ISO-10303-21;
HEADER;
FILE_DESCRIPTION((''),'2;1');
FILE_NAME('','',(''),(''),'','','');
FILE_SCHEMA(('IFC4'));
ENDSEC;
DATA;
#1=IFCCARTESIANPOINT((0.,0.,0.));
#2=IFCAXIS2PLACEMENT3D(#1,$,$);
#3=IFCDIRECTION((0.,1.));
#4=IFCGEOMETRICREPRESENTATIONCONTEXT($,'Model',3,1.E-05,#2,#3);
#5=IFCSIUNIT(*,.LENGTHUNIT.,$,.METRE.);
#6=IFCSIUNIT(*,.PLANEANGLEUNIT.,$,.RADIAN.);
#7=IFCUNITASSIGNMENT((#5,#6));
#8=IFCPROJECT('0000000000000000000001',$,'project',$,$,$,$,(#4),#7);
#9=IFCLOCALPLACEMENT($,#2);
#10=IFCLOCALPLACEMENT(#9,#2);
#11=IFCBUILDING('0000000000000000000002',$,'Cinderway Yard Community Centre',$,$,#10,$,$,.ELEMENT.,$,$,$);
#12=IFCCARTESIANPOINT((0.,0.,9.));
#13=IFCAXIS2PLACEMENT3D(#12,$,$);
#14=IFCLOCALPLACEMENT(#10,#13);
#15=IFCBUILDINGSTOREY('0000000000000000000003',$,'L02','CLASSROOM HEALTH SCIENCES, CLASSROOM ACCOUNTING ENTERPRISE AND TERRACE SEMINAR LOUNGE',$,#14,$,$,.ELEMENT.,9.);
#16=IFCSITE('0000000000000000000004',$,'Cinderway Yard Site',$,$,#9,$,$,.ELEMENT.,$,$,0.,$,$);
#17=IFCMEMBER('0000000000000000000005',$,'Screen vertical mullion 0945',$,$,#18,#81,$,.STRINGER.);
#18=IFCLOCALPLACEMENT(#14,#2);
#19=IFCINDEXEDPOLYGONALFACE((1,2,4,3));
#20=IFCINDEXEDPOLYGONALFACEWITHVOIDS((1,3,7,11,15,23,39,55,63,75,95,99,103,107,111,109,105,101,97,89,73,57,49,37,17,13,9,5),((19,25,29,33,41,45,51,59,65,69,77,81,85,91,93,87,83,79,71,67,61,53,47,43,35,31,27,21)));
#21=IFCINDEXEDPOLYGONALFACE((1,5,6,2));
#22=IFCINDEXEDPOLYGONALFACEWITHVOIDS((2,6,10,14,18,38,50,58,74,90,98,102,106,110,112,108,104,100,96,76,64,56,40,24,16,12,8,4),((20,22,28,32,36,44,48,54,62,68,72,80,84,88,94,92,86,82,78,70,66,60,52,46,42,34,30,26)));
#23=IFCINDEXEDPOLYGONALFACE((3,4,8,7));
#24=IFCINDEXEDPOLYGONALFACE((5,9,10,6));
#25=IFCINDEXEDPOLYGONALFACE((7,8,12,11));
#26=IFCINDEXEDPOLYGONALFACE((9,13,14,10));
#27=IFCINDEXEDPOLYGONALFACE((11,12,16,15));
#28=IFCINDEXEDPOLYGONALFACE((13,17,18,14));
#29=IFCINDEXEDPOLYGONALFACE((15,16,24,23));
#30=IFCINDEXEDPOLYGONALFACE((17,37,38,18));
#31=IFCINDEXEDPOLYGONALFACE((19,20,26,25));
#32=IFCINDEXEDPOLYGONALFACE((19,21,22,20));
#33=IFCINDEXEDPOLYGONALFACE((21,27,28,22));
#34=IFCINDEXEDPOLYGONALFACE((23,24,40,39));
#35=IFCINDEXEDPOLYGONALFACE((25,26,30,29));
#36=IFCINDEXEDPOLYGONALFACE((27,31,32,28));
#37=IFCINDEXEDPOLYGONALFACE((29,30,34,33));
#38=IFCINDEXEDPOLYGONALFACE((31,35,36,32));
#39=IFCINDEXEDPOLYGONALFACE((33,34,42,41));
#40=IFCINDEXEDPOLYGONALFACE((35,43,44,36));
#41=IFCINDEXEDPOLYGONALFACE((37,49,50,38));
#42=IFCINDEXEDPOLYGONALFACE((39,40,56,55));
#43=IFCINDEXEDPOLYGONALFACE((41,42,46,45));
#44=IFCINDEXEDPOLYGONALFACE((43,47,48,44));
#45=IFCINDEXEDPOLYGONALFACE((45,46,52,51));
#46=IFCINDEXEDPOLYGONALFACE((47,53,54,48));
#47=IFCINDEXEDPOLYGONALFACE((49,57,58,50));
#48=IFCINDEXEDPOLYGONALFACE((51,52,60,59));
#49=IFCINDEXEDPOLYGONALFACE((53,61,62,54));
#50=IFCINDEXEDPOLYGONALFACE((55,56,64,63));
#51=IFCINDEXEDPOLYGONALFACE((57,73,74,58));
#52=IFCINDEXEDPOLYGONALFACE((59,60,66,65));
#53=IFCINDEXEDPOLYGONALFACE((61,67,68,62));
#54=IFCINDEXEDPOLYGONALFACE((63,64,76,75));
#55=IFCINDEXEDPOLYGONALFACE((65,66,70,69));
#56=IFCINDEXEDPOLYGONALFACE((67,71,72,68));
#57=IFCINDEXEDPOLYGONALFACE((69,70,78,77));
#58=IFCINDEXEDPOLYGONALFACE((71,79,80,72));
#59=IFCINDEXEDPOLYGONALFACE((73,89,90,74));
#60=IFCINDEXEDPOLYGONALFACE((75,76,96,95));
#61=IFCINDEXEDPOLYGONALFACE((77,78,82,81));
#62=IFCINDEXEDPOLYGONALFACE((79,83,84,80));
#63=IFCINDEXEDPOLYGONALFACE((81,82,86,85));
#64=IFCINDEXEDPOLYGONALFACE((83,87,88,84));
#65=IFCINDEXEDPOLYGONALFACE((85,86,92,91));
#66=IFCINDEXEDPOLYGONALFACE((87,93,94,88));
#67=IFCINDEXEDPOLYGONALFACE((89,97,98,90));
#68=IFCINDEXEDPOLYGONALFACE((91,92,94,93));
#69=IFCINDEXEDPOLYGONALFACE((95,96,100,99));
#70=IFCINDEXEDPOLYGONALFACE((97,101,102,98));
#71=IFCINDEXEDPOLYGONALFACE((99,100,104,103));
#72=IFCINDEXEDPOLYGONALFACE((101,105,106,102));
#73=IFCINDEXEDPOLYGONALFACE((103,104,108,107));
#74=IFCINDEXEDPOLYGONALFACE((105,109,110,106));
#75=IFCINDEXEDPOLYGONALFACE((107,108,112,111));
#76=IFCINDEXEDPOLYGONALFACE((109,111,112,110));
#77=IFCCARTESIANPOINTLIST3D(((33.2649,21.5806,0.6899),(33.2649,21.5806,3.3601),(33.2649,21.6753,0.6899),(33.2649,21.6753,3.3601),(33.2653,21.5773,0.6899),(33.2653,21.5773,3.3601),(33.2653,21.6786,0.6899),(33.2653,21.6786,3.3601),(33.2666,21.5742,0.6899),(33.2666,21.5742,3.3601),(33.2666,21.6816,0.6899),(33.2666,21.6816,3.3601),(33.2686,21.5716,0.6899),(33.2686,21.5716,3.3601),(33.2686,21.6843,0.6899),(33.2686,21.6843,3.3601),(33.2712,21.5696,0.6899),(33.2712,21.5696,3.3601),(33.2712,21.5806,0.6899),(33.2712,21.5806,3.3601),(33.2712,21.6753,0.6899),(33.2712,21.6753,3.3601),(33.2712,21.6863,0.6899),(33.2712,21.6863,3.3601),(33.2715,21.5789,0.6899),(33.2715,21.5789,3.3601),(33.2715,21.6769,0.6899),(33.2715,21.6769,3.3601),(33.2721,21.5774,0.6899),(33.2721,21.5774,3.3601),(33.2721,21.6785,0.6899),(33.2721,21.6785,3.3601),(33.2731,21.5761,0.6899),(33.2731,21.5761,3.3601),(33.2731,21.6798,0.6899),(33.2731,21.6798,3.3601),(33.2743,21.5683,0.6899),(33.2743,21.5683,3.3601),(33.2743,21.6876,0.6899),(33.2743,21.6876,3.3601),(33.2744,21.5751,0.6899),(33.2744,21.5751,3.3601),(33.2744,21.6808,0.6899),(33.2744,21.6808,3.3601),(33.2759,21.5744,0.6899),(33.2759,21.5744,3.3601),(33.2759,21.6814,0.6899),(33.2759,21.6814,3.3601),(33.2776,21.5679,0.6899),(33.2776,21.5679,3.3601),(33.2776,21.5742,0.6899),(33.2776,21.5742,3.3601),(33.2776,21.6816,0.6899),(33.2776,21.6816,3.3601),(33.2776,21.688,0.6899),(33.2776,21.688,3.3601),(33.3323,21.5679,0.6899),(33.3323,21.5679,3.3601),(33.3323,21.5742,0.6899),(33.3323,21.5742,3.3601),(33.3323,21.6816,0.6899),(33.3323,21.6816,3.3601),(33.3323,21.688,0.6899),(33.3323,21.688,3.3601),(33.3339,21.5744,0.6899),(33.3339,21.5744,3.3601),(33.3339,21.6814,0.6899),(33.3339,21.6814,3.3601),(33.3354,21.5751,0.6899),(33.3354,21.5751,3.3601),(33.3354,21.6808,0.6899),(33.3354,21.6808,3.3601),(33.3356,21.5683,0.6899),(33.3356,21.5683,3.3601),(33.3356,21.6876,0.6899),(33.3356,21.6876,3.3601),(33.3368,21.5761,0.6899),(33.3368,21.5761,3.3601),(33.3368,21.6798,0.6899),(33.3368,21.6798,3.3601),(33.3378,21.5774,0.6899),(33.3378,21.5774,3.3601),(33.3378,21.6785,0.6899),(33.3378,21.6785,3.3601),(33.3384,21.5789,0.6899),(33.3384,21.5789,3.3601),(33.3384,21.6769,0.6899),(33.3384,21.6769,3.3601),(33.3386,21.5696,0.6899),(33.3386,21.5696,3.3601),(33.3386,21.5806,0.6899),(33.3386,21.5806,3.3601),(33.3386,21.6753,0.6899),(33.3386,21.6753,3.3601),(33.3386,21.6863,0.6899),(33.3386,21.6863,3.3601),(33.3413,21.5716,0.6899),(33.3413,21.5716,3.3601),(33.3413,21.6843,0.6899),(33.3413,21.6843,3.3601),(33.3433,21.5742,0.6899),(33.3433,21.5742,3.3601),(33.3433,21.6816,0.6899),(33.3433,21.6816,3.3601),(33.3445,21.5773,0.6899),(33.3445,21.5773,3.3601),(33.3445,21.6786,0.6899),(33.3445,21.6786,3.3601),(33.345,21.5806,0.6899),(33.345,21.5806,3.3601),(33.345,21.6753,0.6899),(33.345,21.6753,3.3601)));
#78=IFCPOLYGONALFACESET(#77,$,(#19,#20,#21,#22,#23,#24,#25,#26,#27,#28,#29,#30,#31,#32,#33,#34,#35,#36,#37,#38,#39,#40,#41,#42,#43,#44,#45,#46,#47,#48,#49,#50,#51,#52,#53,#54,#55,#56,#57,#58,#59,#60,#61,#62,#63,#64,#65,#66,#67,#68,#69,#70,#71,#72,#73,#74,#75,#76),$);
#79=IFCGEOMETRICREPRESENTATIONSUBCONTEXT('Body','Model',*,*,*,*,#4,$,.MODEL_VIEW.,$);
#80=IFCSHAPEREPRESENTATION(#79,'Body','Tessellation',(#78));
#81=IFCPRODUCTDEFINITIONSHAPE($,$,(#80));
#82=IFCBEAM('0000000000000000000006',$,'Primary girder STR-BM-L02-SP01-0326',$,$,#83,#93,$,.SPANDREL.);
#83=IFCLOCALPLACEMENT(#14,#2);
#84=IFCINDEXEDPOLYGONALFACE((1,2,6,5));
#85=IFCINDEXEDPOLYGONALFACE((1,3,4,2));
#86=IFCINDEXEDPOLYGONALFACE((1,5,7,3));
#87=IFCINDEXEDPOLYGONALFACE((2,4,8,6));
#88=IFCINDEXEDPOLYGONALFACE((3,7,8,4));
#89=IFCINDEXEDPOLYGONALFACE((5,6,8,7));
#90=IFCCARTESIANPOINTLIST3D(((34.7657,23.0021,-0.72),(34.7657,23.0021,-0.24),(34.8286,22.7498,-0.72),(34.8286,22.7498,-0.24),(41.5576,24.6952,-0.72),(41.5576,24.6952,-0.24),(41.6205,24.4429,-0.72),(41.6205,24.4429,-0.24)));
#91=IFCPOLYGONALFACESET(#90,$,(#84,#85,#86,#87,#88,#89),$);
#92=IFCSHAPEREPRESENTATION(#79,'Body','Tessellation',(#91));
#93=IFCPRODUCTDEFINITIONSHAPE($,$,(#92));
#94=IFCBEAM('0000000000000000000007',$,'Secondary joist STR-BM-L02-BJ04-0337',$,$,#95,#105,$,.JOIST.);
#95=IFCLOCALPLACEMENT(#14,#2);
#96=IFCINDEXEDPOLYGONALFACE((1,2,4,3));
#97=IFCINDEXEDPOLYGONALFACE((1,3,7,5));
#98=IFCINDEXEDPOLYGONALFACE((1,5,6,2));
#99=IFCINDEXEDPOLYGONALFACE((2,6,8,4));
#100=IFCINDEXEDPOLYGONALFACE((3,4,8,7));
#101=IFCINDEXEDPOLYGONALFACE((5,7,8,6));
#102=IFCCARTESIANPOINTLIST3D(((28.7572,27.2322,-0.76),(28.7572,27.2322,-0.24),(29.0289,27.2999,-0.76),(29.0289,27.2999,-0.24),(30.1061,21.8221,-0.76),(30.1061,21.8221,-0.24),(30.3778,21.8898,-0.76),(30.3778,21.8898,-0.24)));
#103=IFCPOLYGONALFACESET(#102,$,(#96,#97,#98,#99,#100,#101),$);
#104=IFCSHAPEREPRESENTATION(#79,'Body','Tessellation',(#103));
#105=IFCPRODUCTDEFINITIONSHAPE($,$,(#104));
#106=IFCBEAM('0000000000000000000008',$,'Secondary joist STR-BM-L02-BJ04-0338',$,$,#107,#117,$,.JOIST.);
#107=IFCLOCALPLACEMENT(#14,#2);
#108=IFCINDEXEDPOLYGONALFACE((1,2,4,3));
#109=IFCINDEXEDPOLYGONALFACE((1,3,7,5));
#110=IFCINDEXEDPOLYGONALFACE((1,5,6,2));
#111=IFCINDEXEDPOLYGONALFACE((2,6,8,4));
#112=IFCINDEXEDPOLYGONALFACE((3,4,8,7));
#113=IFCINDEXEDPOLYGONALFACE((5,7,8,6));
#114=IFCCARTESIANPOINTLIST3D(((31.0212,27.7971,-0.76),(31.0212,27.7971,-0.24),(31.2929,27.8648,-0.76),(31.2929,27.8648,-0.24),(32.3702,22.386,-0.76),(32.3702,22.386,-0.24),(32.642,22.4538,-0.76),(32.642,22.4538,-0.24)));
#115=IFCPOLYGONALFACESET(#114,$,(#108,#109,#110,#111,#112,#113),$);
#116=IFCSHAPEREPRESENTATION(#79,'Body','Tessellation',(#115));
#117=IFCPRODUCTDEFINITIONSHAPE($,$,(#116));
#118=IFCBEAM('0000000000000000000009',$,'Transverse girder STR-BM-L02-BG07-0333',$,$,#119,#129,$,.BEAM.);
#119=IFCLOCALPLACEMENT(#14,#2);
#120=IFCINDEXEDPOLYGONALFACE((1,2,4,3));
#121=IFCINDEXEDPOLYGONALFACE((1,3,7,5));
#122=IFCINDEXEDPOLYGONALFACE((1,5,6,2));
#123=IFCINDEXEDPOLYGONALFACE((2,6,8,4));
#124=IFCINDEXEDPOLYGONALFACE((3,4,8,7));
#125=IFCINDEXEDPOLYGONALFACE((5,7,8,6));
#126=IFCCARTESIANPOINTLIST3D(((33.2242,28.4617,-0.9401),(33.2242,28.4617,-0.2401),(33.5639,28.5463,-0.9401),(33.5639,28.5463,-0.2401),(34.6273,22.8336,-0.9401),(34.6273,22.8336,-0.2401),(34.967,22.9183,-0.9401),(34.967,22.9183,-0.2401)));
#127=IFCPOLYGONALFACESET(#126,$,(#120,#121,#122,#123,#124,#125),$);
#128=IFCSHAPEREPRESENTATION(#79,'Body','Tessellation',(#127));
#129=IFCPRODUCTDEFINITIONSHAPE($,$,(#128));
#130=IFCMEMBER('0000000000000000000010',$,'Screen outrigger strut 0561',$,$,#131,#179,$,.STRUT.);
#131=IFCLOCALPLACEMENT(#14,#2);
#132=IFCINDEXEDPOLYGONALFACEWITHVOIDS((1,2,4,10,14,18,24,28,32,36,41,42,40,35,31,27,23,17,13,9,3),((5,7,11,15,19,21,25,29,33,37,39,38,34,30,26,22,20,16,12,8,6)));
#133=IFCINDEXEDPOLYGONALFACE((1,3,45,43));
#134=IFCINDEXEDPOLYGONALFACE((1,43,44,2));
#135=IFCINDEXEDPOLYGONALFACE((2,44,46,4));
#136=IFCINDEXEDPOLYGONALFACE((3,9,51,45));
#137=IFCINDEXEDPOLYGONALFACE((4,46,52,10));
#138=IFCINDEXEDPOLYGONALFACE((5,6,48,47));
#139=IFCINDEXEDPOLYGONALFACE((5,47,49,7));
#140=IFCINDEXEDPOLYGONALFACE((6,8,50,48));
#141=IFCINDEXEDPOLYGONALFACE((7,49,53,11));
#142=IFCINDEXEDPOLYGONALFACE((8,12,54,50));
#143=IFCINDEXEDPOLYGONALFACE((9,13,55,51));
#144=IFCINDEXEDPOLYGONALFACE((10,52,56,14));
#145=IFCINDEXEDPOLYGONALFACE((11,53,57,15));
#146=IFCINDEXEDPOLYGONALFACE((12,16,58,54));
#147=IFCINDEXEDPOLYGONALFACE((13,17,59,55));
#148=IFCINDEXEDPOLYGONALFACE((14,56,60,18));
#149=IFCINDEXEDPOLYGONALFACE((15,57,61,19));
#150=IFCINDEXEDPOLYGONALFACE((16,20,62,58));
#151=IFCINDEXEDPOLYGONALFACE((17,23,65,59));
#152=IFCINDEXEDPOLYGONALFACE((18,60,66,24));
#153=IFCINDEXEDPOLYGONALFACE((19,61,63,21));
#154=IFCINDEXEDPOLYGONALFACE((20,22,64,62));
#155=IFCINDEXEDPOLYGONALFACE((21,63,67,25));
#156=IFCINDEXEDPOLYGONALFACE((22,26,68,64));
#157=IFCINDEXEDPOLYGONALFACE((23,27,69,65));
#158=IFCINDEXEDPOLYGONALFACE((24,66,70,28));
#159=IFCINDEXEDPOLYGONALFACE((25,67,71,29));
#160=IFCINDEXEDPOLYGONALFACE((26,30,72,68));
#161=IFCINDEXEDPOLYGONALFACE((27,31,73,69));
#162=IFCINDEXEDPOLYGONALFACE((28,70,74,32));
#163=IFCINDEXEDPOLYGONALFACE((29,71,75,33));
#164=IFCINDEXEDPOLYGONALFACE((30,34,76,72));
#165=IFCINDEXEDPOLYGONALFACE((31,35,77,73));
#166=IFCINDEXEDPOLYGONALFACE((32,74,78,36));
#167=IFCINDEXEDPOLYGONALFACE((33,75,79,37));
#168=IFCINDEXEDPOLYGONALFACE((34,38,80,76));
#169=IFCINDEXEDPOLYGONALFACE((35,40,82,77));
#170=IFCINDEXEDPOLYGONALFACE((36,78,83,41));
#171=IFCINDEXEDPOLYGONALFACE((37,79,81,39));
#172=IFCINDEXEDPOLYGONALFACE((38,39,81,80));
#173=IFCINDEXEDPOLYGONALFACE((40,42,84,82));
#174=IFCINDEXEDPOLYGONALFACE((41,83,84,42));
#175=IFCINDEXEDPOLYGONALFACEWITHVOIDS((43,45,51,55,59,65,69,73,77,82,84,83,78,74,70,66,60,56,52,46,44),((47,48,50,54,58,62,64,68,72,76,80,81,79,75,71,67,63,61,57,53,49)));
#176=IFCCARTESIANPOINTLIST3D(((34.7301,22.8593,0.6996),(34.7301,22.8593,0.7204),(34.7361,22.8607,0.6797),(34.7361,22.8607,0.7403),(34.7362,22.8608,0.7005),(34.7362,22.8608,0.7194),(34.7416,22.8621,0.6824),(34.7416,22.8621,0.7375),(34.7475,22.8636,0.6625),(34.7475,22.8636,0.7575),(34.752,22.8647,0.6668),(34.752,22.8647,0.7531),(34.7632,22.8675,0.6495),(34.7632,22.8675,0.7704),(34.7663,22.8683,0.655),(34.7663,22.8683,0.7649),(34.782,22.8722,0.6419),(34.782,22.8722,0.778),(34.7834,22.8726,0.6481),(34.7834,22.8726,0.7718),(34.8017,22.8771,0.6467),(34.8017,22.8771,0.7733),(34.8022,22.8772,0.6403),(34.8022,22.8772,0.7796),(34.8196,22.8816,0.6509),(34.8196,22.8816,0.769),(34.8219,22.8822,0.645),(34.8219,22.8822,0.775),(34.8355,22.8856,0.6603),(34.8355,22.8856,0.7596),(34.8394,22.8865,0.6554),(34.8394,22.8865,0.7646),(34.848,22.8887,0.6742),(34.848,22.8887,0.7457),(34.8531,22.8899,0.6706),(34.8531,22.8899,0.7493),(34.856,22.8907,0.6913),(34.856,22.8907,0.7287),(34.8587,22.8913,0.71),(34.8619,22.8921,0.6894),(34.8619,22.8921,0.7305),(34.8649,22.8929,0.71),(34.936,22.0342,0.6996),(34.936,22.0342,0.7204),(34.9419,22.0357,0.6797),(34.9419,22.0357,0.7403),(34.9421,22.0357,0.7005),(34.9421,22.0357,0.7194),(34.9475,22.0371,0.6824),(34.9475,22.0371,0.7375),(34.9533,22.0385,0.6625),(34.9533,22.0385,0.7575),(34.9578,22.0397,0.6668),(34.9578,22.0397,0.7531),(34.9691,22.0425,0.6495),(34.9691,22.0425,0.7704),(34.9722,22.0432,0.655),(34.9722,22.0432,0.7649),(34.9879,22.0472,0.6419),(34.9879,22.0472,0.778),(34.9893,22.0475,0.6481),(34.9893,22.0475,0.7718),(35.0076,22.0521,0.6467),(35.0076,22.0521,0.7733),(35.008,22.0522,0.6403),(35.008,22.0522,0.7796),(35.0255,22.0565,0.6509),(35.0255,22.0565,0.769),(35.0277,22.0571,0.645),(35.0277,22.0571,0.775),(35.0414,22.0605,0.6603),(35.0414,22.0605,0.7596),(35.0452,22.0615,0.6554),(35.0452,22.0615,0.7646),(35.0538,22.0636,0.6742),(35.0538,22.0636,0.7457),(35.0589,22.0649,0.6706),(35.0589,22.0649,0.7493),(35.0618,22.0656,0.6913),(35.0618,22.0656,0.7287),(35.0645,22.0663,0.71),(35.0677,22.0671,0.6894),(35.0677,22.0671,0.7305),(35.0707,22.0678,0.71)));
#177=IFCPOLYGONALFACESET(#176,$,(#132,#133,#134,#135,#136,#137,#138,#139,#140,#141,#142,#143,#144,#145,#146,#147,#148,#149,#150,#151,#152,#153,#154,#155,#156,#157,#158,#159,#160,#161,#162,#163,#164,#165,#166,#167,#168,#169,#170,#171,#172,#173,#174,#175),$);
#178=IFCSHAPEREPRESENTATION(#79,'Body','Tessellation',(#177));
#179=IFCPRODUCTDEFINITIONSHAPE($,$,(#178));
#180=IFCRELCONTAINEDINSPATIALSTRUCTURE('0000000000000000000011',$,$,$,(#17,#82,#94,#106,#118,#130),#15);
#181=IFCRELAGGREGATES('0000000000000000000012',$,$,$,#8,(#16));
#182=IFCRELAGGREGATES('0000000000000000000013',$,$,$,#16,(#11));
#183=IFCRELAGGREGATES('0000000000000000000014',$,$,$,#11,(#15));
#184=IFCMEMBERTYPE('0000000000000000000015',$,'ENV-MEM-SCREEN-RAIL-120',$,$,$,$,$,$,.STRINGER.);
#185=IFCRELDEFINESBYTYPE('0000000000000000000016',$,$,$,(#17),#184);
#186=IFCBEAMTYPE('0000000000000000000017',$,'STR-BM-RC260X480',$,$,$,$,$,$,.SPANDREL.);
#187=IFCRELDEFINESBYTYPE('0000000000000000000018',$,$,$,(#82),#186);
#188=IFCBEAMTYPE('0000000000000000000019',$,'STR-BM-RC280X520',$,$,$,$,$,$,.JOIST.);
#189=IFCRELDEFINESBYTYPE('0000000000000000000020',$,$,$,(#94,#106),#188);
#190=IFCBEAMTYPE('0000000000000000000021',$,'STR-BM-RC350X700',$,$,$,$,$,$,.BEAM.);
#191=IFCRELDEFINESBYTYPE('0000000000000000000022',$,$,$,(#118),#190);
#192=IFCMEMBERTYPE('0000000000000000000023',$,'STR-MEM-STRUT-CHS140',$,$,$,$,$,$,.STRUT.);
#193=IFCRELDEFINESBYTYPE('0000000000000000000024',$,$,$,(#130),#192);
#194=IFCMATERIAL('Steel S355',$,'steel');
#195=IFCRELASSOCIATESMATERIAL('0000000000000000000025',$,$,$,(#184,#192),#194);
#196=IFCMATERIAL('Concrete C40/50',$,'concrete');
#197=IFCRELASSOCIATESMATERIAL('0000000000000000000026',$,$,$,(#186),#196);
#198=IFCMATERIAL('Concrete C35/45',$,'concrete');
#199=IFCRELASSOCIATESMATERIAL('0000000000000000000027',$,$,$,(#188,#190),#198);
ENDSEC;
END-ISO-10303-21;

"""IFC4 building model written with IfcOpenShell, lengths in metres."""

from ifc_helpers import new_model, si_unit, direction, frame, origin, origin_2d, place, context, subcontext, project, spatial, rectangle, hollow_rectangle, hollow_circle, extrude, material, material_profile, profile_set, type_object, element, save


model = new_model("IFC4")

# Units and contexts
model_context = context("Model", 3, precision=1e-05, world=origin(), true_north=direction((0.0, 1.0)))
body_context = subcontext(model_context, "Body", "Model", "MODEL_VIEW")
ifc_project = project(units=[si_unit("LENGTHUNIT", "METRE"), si_unit("PLANEANGLEUNIT", "RADIAN")], contexts=[model_context])

# Site, building, storey
site_placement = place(None, origin())
site = spatial("IfcSite", under=ifc_project, at=site_placement, Name="Cinderway Yard Site", CompositionType="ELEMENT", RefElevation=0.0)
building_placement = place(site_placement, origin())
building = spatial("IfcBuilding", under=site, at=building_placement, Name="Cinderway Yard Community Centre", CompositionType="ELEMENT")
storey_placement = place(building_placement, frame((0.0, 0.0, 9.0)))
storey = spatial("IfcBuildingStorey", under=building, at=storey_placement, Name="L02", Description="CLASSROOM HEALTH SCIENCES, CLASSROOM ACCOUNTING ENTERPRISE AND TERRACE SEMINAR LOUNGE", CompositionType="ELEMENT", Elevation=9.0)

# Shared definitions
ifc_material_1 = material(Name="Concrete C40/50", Category="concrete")

# Member
ifc_material_2 = material(Name="Steel S355", Category="steel")
ifc_material_profile_1 = material_profile(ifc_material_2, hollow_rectangle(XDim=0.0801, YDim=0.1201, WallThickness=0.0063, InnerFilletRadius=0.0063, OuterFilletRadius=0.0127, at=origin_2d()), Name="Steel S355")
ifc_profile_set_1 = profile_set([ifc_material_profile_1], Name="Steel S355")
member_type_1 = type_object("IfcMemberType", Name="ENV-MEM-SCREEN-RAIL-120", PredefinedType="STRINGER", material=ifc_profile_set_1)
for number, where, z_axis, x_axis, name in (
    (1, (33.3049, 21.6279, 0.6899), (0.0, 0.0, 1.0), (1.0, 0.0, 0.0), "Screen vertical mullion 0945"),
):
    element("IfcMember", number, at=place(storey_placement, frame(where, z_axis=z_axis, x_axis=x_axis)), inside=storey, type_object=member_type_1, Name=name, PredefinedType="STRINGER", context=body_context, shape_type="SweptSolid", body=[
        extrude(hollow_rectangle(XDim=0.0801, YDim=0.1201, WallThickness=0.0063, InnerFilletRadius=0.0063, OuterFilletRadius=0.0127, at=origin_2d()), origin(), (0.0, 0.0, 1.0), 2.6702),
    ])

# Beams
ifc_material_profile_2 = material_profile(ifc_material_1, rectangle(XDim=0.26, YDim=0.48, at=origin_2d()), Name="Concrete C40/50")
ifc_profile_set_2 = profile_set([ifc_material_profile_2], Name="Concrete C40/50")
beam_type_1 = type_object("IfcBeamType", Name="STR-BM-RC260X480", PredefinedType="SPANDREL", material=ifc_profile_set_2)
beam_1_placement = place(storey_placement, frame((34.7971, 22.876, -0.48), z_axis=(0.970306, 0.241879, 0.0), x_axis=(-0.241879, 0.970306, 0.0)))
element("IfcBeam", 2, at=beam_1_placement, inside=storey, type_object=beam_type_1, Name="Primary girder STR-BM-L02-SP01-0326", PredefinedType="SPANDREL", context=body_context, shape_type="SweptSolid", body=[
    extrude(rectangle(XDim=0.26, YDim=0.48, at=origin_2d()), origin(), (0.0, 0.0, 1.0), 6.9998),
])
ifc_material_3 = material(Name="Concrete C35/45", Category="concrete")
ifc_material_profile_3 = material_profile(ifc_material_3, rectangle(XDim=0.28, YDim=0.52, at=origin_2d()), Name="Concrete C35/45")
ifc_profile_set_3 = profile_set([ifc_material_profile_3], Name="Concrete C35/45")
beam_type_2 = type_object("IfcBeamType", Name="STR-BM-RC280X520", PredefinedType="JOIST", material=ifc_profile_set_3)
beam_2_placement = place(storey_placement, frame((30.2419, 21.856, -0.5), z_axis=(-0.241917, 0.970297, 0.0), x_axis=(-0.970297, -0.241917, 0.0)))
element("IfcBeam", 3, at=beam_2_placement, inside=storey, type_object=beam_type_2, Name="Secondary joist STR-BM-L02-BJ04-0337", PredefinedType="JOIST", context=body_context, shape_type="SweptSolid", body=[
    extrude(rectangle(XDim=0.28, YDim=0.52, at=origin_2d()), origin(), (0.0, 0.0, 1.0), 5.5757),
])
beam_3_placement = place(storey_placement, frame((32.5061, 22.4199, -0.5), z_axis=(-0.241918, 0.970297, 0.0), x_axis=(-0.970297, -0.241918, 0.0)))
element("IfcBeam", 4, at=beam_3_placement, inside=storey, type_object=beam_type_2, Name="Secondary joist STR-BM-L02-BJ04-0338", PredefinedType="JOIST", context=body_context, shape_type="SweptSolid", body=[
    extrude(rectangle(XDim=0.28, YDim=0.52, at=origin_2d()), origin(), (0.0, 0.0, 1.0), 5.5767),
])
ifc_material_profile_4 = material_profile(ifc_material_3, rectangle(XDim=0.3501, YDim=0.7, at=origin_2d()), Name="Concrete C35/45")
ifc_profile_set_4 = profile_set([ifc_material_profile_4], Name="Concrete C35/45")
beam_type_3 = type_object("IfcBeamType", Name="STR-BM-RC350X700", PredefinedType="BEAM", material=ifc_profile_set_4)
beam_4_placement = place(storey_placement, frame((34.7971, 22.876, -0.5901), z_axis=(-0.241902, 0.970301, 0.0), x_axis=(-0.970301, -0.241902, 0.0)))
element("IfcBeam", 5, at=beam_4_placement, inside=storey, type_object=beam_type_3, Name="Transverse girder STR-BM-L02-BG07-0333", PredefinedType="BEAM", context=body_context, shape_type="SweptSolid", body=[
    extrude(rectangle(XDim=0.3501, YDim=0.7, at=origin_2d()), origin(), (0.0, 0.0, 1.0), 5.8003),
])

# Member
ifc_material_profile_5 = material_profile(ifc_material_2, hollow_circle(Radius=0.0698, WallThickness=0.0063, at=origin_2d()), Name="Steel S355")
ifc_profile_set_5 = profile_set([ifc_material_profile_5], Name="Steel S355")
member_type_2 = type_object("IfcMemberType", Name="STR-MEM-STRUT-CHS140", PredefinedType="STRUT", material=ifc_profile_set_5)
for number, where, z_axis, x_axis, name in (
    (6, (34.7971, 22.876, 0.71), (0.242063, -0.970261, 0.0), (0.970261, 0.242063, 0.0), "Screen outrigger strut 0561"),
):
    element("IfcMember", number, at=place(storey_placement, frame(where, z_axis=z_axis, x_axis=x_axis)), inside=storey, type_object=member_type_2, Name=name, PredefinedType="STRUT", context=body_context, shape_type="SweptSolid", body=[
        extrude(hollow_circle(Radius=0.0698, WallThickness=0.0063, at=origin_2d()), origin(), (0.0, 0.0, 1.0), 0.8503),
    ])

save(model, "model.ifc")
